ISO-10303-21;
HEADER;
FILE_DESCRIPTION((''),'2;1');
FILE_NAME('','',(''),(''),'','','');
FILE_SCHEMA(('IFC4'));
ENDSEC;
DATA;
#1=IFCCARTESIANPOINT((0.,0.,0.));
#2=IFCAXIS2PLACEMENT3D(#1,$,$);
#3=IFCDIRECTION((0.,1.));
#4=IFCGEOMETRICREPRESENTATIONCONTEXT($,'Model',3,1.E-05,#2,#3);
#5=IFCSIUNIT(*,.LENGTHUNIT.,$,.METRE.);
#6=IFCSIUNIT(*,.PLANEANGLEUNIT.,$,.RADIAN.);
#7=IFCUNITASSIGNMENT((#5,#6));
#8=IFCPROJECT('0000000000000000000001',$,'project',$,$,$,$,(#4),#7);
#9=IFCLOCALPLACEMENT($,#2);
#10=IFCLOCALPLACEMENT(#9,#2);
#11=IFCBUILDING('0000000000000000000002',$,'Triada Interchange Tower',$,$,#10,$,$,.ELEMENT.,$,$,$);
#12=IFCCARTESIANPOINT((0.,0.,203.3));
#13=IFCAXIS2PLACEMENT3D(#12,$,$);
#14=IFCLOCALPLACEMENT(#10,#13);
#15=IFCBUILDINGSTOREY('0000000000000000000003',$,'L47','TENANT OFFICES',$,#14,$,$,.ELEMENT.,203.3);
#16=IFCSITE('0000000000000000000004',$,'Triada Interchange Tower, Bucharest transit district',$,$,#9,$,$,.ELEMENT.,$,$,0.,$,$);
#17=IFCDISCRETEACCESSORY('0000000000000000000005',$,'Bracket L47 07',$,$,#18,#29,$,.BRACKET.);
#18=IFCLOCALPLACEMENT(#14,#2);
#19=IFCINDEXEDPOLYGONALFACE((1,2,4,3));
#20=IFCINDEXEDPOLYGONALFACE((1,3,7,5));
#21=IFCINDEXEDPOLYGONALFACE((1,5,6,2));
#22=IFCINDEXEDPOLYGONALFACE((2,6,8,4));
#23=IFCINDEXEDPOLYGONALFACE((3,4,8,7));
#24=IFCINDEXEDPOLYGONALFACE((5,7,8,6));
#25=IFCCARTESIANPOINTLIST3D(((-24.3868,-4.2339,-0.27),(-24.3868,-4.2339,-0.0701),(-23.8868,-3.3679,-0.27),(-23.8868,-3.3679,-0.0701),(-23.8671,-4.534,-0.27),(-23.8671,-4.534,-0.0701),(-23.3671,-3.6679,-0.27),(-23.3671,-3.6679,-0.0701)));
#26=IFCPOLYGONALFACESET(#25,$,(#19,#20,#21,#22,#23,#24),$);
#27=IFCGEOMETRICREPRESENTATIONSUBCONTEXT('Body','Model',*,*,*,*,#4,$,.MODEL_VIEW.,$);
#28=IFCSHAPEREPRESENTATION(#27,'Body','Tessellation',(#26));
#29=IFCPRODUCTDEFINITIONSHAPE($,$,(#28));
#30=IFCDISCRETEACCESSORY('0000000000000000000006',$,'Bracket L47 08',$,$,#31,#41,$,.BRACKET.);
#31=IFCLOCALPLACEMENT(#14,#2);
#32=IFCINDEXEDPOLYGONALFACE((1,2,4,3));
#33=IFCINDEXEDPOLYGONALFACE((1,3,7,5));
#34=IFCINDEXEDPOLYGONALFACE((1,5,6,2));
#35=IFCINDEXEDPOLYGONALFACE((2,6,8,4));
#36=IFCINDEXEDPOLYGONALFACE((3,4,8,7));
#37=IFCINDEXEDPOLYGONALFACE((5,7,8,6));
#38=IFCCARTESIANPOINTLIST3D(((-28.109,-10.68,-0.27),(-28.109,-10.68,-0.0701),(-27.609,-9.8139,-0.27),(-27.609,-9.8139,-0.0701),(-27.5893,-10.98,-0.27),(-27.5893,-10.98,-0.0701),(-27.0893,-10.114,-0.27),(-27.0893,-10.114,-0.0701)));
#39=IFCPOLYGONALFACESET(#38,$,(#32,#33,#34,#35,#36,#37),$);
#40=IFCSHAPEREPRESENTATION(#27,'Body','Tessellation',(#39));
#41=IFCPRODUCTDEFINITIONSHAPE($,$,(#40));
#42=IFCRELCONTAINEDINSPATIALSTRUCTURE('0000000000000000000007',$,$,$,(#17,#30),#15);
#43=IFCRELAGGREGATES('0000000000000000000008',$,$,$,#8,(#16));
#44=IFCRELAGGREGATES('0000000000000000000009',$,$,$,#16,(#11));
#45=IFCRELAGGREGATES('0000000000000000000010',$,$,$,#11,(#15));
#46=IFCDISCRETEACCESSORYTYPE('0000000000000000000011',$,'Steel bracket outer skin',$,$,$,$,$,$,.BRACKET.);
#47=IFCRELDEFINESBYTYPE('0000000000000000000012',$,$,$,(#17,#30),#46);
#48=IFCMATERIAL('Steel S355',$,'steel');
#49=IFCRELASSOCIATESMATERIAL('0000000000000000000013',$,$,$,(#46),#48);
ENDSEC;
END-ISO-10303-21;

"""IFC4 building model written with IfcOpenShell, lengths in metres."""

from ifc_helpers import new_model, si_unit, direction, frame, origin, origin_2d, place, context, subcontext, project, spatial, rectangle, extrude, material, type_object, element, save


model = new_model("IFC4")

# Units and contexts
model_context = context("Model", 3, precision=1e-05, world=origin(), true_north=direction((0.0, 1.0)))
body_context = subcontext(model_context, "Body", "Model", "MODEL_VIEW")
ifc_project = project(units=[si_unit("LENGTHUNIT", "METRE"), si_unit("PLANEANGLEUNIT", "RADIAN")], contexts=[model_context])

# Site, building, storey
site_placement = place(None, origin())
site = spatial("IfcSite", under=ifc_project, at=site_placement, Name="Triada Interchange Tower, Bucharest transit district", CompositionType="ELEMENT", RefElevation=0.0)
building_placement = place(site_placement, origin())
building = spatial("IfcBuilding", under=site, at=building_placement, Name="Triada Interchange Tower", CompositionType="ELEMENT")
storey_placement = place(building_placement, frame((0.0, 0.0, 203.3)))
storey = spatial("IfcBuildingStorey", under=building, at=storey_placement, Name="L47", Description="TENANT OFFICES", CompositionType="ELEMENT", Elevation=203.3)

# Discrete accessories
ifc_material_1 = material(Name="Steel S355", Category="steel")
discrete_accessory_type = type_object("IfcDiscreteAccessoryType", Name="Steel bracket outer skin", PredefinedType="BRACKET", material=ifc_material_1)
for number, where, z_axis, x_axis, name in (
    (1, (-23.877, -3.9509, -0.27), (0.0, 0.0, 1.0), (-0.866021, 0.500007, 0.0), "Bracket L47 07"),
    (2, (-27.5991, -10.397, -0.27), (0.0, 0.0, 1.0), (-0.866021, 0.500007, 0.0), "Bracket L47 08"),
):
    element("IfcDiscreteAccessory", number, at=place(storey_placement, frame(where, z_axis=z_axis, x_axis=x_axis)), inside=storey, type_object=discrete_accessory_type, Name=name, PredefinedType="BRACKET", context=body_context, shape_type="SweptSolid", body=[
        extrude(rectangle(XDim=0.6001, YDim=1.0, at=origin_2d()), origin(), (0.0, 0.0, 1.0), 0.2),
    ])

save(model, "model.ifc")
